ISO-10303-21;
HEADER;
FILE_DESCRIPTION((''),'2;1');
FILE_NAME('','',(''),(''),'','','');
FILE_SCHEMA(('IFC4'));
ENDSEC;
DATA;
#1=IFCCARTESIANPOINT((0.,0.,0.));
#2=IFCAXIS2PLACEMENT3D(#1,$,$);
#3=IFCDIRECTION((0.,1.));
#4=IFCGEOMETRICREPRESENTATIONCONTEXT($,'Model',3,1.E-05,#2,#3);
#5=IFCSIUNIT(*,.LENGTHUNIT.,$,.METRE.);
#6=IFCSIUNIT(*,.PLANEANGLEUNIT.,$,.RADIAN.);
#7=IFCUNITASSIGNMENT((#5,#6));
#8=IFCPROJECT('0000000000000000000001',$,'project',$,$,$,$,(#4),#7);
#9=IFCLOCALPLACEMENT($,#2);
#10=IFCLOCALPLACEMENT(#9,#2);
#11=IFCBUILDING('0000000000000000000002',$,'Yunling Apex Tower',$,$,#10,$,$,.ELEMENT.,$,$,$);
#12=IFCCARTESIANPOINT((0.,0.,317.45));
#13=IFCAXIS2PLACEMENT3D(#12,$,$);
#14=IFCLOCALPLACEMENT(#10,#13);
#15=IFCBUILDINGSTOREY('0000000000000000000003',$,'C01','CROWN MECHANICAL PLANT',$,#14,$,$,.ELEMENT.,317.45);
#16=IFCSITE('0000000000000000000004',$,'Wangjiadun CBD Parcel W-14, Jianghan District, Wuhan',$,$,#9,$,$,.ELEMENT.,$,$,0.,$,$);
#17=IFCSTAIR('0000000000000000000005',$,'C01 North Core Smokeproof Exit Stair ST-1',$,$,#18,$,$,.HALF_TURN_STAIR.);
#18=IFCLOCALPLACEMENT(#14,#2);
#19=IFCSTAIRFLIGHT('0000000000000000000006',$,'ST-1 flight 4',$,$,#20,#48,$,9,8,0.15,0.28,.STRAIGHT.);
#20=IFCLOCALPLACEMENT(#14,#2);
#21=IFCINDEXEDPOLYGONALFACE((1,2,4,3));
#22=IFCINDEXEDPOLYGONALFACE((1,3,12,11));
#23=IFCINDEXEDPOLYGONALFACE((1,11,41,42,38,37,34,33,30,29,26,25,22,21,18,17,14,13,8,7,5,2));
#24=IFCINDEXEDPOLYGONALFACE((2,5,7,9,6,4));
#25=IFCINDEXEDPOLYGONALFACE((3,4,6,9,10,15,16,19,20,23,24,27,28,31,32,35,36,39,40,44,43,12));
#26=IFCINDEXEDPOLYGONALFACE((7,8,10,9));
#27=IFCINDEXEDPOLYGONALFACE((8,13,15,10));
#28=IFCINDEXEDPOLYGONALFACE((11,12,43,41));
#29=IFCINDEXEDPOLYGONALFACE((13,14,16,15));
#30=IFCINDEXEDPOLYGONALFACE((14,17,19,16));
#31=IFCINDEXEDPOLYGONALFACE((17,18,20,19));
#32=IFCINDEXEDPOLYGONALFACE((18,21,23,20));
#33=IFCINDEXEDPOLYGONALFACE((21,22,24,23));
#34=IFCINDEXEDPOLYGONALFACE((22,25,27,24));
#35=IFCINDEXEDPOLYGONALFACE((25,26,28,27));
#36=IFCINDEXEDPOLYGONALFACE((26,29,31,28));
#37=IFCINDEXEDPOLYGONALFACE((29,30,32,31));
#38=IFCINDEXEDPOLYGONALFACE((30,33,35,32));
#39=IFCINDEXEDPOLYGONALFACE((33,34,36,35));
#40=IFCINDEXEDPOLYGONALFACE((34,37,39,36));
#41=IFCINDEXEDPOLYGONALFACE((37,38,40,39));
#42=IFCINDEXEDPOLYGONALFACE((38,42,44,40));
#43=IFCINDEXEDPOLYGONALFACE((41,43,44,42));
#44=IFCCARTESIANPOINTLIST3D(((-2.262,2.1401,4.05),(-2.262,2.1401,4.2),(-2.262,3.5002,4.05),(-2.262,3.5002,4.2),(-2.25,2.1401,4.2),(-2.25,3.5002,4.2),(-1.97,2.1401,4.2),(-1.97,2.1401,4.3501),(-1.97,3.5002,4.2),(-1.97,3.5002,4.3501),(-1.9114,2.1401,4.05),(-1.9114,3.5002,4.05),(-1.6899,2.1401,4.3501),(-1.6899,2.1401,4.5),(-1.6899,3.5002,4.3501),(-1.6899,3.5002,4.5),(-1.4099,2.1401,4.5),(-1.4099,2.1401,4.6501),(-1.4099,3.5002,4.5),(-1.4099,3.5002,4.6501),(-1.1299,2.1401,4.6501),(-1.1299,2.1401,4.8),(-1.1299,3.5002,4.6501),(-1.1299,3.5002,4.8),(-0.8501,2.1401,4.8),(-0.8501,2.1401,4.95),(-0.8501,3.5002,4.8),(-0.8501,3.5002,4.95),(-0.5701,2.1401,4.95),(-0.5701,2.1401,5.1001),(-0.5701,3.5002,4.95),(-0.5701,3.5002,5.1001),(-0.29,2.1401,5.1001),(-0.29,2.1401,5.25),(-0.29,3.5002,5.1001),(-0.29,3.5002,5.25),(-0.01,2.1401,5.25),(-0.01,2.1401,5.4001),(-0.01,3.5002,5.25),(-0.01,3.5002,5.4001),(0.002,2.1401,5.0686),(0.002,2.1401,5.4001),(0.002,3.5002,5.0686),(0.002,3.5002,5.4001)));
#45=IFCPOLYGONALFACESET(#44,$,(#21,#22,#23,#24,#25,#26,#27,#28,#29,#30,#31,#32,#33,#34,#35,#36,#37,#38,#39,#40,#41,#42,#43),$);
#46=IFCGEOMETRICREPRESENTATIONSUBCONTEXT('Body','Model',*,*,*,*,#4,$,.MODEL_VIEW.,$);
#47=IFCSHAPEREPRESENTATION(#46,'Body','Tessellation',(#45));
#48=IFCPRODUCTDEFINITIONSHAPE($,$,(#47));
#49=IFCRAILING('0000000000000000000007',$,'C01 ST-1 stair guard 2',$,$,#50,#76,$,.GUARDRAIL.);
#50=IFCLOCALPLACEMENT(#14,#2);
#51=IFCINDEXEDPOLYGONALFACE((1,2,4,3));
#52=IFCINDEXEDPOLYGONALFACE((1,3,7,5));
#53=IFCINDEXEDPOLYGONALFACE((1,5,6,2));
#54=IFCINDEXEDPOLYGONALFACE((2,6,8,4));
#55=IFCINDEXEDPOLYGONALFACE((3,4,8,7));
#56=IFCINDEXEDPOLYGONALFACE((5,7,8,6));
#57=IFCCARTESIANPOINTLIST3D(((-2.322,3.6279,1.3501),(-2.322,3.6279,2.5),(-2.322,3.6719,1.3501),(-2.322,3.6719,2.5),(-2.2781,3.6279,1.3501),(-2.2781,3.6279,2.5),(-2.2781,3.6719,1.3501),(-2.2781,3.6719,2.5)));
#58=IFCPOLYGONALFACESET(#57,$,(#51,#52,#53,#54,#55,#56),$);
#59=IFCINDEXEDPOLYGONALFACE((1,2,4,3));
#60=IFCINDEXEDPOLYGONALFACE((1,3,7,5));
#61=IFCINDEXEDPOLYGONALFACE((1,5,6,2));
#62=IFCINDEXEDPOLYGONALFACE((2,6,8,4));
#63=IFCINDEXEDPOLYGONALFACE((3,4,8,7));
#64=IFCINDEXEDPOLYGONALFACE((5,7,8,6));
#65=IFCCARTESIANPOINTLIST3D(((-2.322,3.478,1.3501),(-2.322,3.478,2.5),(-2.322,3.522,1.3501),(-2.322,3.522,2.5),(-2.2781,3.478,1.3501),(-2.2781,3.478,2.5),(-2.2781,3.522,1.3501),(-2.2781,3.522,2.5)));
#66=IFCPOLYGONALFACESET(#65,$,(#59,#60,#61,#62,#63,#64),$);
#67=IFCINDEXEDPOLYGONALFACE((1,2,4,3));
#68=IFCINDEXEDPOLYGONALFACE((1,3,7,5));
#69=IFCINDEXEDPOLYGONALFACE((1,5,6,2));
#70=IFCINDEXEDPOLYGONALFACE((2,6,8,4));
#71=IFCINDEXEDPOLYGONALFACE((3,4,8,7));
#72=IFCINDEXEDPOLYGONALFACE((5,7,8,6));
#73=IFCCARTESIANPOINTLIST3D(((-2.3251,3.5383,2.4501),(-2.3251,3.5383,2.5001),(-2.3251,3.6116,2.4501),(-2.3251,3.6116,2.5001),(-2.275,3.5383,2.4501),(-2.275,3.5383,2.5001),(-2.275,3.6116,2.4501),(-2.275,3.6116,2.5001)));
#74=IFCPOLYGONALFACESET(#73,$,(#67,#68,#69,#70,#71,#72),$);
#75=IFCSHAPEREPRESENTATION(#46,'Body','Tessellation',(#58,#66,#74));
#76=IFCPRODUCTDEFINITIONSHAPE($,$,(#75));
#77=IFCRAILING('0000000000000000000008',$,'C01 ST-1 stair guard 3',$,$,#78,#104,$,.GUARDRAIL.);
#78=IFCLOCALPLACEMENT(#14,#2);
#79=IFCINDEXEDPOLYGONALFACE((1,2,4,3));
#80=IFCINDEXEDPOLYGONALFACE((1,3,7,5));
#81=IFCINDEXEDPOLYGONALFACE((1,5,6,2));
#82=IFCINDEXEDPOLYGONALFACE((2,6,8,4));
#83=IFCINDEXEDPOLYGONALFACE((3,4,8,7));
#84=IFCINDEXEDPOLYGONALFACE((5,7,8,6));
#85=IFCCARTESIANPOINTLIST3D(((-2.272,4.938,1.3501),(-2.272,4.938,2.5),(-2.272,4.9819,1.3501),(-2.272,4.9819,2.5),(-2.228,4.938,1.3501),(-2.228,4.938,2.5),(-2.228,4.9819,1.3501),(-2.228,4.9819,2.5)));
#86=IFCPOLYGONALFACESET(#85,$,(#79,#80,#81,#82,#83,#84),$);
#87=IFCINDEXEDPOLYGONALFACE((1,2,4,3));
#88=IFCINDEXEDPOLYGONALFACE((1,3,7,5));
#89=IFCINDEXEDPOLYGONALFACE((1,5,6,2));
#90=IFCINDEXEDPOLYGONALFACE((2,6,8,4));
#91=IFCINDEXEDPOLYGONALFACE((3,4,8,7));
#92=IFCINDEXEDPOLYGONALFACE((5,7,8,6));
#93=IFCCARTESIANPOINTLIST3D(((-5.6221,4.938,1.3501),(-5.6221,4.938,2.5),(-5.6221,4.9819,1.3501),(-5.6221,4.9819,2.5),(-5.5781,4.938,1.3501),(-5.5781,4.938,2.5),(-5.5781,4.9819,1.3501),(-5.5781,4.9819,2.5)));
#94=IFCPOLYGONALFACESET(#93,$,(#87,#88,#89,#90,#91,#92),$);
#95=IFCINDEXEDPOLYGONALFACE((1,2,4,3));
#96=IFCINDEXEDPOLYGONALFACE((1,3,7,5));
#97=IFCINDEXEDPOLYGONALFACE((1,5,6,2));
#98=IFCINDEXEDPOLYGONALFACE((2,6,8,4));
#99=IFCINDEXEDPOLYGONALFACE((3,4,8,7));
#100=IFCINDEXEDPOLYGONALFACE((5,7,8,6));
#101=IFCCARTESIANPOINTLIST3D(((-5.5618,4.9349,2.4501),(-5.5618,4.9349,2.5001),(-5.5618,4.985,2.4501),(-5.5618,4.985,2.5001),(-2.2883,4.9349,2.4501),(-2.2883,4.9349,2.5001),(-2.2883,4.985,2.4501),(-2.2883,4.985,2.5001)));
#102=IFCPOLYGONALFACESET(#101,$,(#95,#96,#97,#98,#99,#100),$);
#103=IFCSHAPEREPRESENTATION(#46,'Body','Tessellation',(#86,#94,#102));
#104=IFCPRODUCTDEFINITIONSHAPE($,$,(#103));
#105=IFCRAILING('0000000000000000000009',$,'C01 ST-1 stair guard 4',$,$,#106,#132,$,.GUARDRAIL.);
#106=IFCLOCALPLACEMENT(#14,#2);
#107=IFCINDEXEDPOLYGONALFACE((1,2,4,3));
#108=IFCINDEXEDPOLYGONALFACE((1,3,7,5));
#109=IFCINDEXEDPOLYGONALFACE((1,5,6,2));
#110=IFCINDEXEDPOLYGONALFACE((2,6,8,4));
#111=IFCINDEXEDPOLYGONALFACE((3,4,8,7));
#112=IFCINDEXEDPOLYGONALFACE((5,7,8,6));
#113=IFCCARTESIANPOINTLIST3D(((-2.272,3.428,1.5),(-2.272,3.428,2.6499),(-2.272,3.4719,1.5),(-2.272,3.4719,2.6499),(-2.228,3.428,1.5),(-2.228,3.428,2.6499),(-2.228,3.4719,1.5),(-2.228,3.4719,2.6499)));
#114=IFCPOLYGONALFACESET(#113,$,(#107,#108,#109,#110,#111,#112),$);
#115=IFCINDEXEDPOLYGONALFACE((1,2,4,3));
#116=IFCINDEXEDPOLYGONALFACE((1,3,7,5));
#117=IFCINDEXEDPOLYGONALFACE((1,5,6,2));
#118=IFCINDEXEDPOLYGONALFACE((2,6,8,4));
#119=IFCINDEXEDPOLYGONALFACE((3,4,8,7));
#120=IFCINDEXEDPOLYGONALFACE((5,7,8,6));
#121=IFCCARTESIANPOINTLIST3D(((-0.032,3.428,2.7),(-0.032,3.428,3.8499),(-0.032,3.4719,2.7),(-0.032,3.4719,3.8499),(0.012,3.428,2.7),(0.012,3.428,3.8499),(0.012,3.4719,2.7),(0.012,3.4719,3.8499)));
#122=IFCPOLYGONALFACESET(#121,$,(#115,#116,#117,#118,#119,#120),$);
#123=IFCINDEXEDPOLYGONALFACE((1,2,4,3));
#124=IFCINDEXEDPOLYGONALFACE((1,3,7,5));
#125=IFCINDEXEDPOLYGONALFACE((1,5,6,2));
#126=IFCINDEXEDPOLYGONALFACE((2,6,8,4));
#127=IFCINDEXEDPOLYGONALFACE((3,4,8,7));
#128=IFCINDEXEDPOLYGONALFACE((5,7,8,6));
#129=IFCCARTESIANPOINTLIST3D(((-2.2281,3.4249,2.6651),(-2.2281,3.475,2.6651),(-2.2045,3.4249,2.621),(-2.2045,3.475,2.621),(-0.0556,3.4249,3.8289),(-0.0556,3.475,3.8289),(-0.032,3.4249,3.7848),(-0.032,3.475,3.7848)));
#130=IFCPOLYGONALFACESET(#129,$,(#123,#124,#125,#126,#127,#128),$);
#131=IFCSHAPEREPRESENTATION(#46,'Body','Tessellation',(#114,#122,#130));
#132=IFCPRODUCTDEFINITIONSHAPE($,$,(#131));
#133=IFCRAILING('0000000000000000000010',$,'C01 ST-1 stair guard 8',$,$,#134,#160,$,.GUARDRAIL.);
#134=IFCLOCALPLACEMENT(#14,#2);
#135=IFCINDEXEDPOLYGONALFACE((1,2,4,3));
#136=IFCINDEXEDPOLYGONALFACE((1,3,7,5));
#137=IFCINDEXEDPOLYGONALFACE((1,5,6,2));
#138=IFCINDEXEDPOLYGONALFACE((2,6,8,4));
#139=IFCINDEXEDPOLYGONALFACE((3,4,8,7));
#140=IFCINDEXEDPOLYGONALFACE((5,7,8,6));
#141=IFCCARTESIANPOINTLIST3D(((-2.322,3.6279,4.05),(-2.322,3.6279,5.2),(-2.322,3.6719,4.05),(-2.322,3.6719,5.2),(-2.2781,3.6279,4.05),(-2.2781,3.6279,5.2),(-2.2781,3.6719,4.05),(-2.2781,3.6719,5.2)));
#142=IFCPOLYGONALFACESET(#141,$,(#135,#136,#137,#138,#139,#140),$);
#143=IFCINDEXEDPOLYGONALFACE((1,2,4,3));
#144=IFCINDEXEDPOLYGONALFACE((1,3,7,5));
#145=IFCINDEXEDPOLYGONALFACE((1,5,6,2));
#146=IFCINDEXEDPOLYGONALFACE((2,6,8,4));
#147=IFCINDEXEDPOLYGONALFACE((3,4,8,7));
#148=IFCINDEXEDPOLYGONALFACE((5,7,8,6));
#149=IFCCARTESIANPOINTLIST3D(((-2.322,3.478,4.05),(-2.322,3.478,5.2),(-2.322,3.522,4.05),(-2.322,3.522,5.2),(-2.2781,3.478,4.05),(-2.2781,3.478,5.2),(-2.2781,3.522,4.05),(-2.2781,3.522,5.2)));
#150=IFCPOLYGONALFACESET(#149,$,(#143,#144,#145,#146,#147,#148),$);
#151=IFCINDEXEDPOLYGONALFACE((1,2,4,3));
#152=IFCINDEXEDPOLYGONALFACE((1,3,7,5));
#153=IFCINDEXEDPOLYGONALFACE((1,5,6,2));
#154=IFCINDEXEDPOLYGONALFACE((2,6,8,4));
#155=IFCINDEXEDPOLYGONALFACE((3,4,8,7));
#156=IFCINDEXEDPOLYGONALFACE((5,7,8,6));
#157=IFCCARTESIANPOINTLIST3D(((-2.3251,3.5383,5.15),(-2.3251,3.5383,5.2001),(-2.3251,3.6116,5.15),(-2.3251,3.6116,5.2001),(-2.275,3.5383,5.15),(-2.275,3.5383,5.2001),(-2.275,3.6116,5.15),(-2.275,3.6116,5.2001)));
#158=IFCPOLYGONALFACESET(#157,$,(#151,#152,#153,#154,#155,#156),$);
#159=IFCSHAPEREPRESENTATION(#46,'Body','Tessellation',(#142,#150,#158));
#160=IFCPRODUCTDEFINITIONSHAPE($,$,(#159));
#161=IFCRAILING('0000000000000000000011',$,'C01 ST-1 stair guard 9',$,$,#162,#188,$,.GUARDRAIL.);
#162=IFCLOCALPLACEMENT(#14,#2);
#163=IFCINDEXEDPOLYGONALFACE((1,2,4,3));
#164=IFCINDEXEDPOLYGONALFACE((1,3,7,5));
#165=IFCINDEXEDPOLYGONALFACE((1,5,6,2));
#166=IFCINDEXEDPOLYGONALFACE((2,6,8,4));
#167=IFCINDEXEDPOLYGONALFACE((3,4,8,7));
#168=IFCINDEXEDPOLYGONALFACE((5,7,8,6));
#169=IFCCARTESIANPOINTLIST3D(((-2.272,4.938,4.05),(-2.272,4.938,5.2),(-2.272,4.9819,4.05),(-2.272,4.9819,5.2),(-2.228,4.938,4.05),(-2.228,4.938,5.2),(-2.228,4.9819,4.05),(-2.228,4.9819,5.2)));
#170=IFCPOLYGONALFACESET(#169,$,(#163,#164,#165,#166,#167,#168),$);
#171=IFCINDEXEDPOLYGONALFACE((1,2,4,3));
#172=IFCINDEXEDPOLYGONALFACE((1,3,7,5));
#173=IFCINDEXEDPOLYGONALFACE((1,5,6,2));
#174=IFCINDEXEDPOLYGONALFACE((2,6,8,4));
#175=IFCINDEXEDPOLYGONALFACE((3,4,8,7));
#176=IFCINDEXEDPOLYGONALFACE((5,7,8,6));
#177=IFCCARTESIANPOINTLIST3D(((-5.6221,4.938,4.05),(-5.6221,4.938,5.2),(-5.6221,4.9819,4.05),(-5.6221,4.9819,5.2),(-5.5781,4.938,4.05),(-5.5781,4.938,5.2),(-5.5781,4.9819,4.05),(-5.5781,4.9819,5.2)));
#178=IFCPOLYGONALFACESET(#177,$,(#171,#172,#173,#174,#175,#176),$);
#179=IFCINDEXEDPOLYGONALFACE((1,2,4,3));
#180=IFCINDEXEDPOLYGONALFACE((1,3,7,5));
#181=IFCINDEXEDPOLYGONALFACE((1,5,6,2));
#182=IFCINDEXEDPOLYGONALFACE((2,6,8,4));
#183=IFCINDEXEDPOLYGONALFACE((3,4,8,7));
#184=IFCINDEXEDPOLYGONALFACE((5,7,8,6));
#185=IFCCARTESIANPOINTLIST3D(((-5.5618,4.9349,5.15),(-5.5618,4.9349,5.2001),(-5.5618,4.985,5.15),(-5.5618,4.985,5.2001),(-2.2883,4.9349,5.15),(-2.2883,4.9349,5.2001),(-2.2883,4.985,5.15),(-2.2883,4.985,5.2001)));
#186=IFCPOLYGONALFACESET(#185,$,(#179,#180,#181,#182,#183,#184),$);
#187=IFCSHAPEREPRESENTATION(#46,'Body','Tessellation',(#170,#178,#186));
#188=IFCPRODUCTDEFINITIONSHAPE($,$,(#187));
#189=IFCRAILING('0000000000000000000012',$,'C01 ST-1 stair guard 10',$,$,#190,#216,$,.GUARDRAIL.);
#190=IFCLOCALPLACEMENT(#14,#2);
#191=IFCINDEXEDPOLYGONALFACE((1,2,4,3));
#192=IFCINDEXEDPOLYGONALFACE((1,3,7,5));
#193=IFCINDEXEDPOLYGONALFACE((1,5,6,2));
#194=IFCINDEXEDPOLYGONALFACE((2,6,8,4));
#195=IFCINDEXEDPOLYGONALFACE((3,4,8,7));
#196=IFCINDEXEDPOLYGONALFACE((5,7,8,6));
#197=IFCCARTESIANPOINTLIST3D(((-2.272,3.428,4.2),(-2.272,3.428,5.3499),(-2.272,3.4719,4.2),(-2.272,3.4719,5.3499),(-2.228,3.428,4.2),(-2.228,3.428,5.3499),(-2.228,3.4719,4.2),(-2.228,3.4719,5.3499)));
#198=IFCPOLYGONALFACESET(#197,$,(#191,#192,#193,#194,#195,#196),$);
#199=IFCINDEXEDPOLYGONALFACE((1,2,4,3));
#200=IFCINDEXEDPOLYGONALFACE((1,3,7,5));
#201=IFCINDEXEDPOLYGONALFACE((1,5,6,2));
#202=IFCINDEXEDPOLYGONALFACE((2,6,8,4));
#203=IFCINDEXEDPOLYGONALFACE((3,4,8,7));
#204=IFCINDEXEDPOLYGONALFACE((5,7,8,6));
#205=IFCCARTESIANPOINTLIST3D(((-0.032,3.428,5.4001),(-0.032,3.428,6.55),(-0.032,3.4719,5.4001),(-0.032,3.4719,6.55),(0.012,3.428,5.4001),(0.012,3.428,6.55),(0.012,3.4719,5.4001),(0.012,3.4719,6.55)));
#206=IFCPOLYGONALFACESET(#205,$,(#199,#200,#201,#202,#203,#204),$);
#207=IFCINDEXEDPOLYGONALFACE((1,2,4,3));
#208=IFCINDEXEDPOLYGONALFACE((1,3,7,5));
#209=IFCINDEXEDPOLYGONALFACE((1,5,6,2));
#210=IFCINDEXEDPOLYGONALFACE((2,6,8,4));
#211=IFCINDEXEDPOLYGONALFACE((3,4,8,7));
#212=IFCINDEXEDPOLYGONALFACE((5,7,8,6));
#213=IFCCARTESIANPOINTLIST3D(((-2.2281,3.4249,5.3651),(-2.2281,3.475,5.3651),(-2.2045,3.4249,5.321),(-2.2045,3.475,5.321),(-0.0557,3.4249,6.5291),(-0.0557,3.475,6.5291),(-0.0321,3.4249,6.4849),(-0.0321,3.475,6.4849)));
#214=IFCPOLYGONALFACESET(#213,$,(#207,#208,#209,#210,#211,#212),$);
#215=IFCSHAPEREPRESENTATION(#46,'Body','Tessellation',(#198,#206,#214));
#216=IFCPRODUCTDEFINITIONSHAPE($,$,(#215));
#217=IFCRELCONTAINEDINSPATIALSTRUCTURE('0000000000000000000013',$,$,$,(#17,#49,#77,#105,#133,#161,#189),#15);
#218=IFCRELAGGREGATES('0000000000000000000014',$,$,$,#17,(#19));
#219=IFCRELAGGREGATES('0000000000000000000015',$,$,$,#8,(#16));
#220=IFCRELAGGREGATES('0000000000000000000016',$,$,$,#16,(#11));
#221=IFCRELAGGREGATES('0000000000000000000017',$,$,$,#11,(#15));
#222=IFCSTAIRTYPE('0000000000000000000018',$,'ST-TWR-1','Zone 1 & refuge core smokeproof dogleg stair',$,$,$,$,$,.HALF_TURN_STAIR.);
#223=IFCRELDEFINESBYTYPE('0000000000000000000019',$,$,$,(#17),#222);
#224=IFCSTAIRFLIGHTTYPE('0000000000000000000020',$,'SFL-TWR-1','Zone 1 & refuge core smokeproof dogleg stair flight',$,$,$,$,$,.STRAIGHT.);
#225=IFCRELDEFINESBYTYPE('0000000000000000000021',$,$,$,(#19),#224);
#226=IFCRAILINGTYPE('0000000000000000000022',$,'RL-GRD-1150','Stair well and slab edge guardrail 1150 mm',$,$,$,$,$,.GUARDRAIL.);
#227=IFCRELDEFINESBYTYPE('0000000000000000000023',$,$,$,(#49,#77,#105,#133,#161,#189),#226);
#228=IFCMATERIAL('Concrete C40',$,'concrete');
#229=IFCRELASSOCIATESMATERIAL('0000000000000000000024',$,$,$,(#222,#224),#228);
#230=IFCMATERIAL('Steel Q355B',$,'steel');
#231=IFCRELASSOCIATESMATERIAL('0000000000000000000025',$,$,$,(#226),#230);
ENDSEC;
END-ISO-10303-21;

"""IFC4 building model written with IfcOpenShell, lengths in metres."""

from ifc_helpers import new_model, si_unit, direction, frame, origin, origin_2d, place, context, subcontext, project, spatial, polyline, rectangle, outline, extrude, material, type_object, element, aggregate, save


model = new_model("IFC4")

# Units and contexts
model_context = context("Model", 3, precision=1e-05, world=origin(), true_north=direction((0.0, 1.0)))
body_context = subcontext(model_context, "Body", "Model", "MODEL_VIEW")
ifc_project = project(units=[si_unit("LENGTHUNIT", "METRE"), si_unit("PLANEANGLEUNIT", "RADIAN")], contexts=[model_context])

# Site, building, storey
site_placement = place(None, origin())
site = spatial("IfcSite", under=ifc_project, at=site_placement, Name="Wangjiadun CBD Parcel W-14, Jianghan District, Wuhan", CompositionType="ELEMENT", RefElevation=0.0)
building_placement = place(site_placement, origin())
building = spatial("IfcBuilding", under=site, at=building_placement, Name="Yunling Apex Tower", CompositionType="ELEMENT")
storey_placement = place(building_placement, frame((0.0, 0.0, 317.45)))
storey = spatial("IfcBuildingStorey", under=building, at=storey_placement, Name="C01", Description="CROWN MECHANICAL PLANT", CompositionType="ELEMENT", Elevation=317.45)

# Shared definitions
ifc_material_1 = material(Name="Steel Q355B", Category="steel")

# Shared definitions
ifc_material_2 = material(Name="Concrete C40", Category="concrete")

# Stair, stair flight
stair_type = type_object("IfcStairType", Name="ST-TWR-1", Description="Zone 1 & refuge core smokeproof dogleg stair", PredefinedType="HALF_TURN_STAIR", material=ifc_material_2)
stair_placement = place(storey_placement, origin())
stair = element("IfcStair", 1, at=stair_placement, inside=storey, type_object=stair_type, Name="C01 North Core Smokeproof Exit Stair ST-1", PredefinedType="HALF_TURN_STAIR")
stair_flight_type = type_object("IfcStairFlightType", Name="SFL-TWR-1", Description="Zone 1 & refuge core smokeproof dogleg stair flight", PredefinedType="STRAIGHT", material=ifc_material_2)
stair_flight_1_placement = place(storey_placement, frame((-2.25, 2.8201, 4.05), z_axis=(0.0, 0.0, 1.0), x_axis=(1.0, 0.0, 0.0)))
stair_flight_1 = element("IfcStairFlight", 2, at=stair_flight_1_placement, type_object=stair_flight_type, Name="ST-1 flight 4", NumberOfRisers=9, NumberOfTreads=8, PredefinedType="STRAIGHT", RiserHeight=0.15, TreadLength=0.28, context=body_context, shape_type="SweptSolid", body=[
    extrude(outline(polyline([(-0.012, 0.0), (-0.012, 0.1499), (0.0, 0.1499), (0.28, 0.1499), (0.28, 0.3), (0.5601, 0.3), (0.5601, 0.45), (0.8401, 0.45), (0.8401, 0.6001), (1.1201, 0.6001), (1.1201, 0.75), (1.3999, 0.75), (1.3999, 0.8999), (1.6799, 0.8999), (1.6799, 1.05), (1.96, 1.05), (1.96, 1.2), (2.24, 1.2), (2.24, 1.3501), (2.252, 1.3501), (2.252, 1.0186), (0.3386, 0.0), (-0.012, 0.0)])), frame((0.0, 0.6802, 0.0), z_axis=(0.0, -1.0, 0.0), x_axis=(1.0, 0.0, 0.0)), (0.0, 0.0, 1.0), 1.3601),
])
aggregate(stair, [stair_flight_1])

# Railings
railing_type_1 = type_object("IfcRailingType", Name="RL-GRD-1150", Description="Stair well and slab edge guardrail 1150 mm", PredefinedType="GUARDRAIL", material=ifc_material_1)
railing_1_placement = place(storey_placement, frame((-2.3, 3.6499, 1.3501)))
element("IfcRailing", 3, at=railing_1_placement, inside=storey, type_object=railing_type_1, Name="C01 ST-1 stair guard 2", PredefinedType="GUARDRAIL", context=body_context, shape_type="SweptSolid", body=[
    extrude(rectangle(XDim=0.0439, YDim=0.0439, at=origin_2d()), origin(), (0.0, 0.0, 1.0), 1.1499),
    extrude(rectangle(XDim=0.0439, YDim=0.0439, at=origin_2d()), frame((0.0, -0.1499, 0.0)), (0.0, 0.0, 1.0), 1.1499),
    extrude(rectangle(XDim=0.05, YDim=0.05, at=origin_2d()), frame((0.0, -0.0383, 1.125), z_axis=(0.0, -1.0, 0.0), x_axis=(1.0, 0.0, 0.0)), (0.0, 0.0, 1.0), 0.0732),
])
railing_2_placement = place(storey_placement, frame((-2.25, 4.96, 1.3501)))
element("IfcRailing", 4, at=railing_2_placement, inside=storey, type_object=railing_type_1, Name="C01 ST-1 stair guard 3", PredefinedType="GUARDRAIL", context=body_context, shape_type="SweptSolid", body=[
    extrude(rectangle(XDim=0.0439, YDim=0.0439, at=origin_2d()), origin(), (0.0, 0.0, 1.0), 1.1499),
    extrude(rectangle(XDim=0.0439, YDim=0.0439, at=origin_2d()), frame((-3.3501, 0.0, 0.0)), (0.0, 0.0, 1.0), 1.1499),
    extrude(rectangle(XDim=0.05, YDim=0.05, at=origin_2d()), frame((-0.0383, 0.0, 1.125), z_axis=(-1.0, 0.0, 0.0), x_axis=(0.0, -1.0, 0.0)), (0.0, 0.0, 1.0), 3.2734),
])
railing_3_placement = place(storey_placement, frame((-2.25, 3.45, 1.5)))
element("IfcRailing", 5, at=railing_3_placement, inside=storey, type_object=railing_type_1, Name="C01 ST-1 stair guard 4", PredefinedType="GUARDRAIL", context=body_context, shape_type="SweptSolid", body=[
    extrude(rectangle(XDim=0.0439, YDim=0.0439, at=origin_2d()), origin(), (0.0, 0.0, 1.0), 1.1499),
    extrude(rectangle(XDim=0.0439, YDim=0.0439, at=origin_2d()), frame((2.24, 0.0, 1.2)), (0.0, 0.0, 1.0), 1.1499),
    extrude(rectangle(XDim=0.05, YDim=0.05, at=origin_2d()), frame((0.0337, 0.0, 1.1431), z_axis=(0.881487, 0.0, 0.472208), x_axis=(0.0, 1.0, 0.0)), (0.0, 0.0, 1.0), 2.4646),
])
railing_4_placement = place(storey_placement, frame((-2.3, 3.6499, 4.05)))
element("IfcRailing", 6, at=railing_4_placement, inside=storey, type_object=railing_type_1, Name="C01 ST-1 stair guard 8", PredefinedType="GUARDRAIL", context=body_context, shape_type="SweptSolid", body=[
    extrude(rectangle(XDim=0.0439, YDim=0.0439, at=origin_2d()), origin(), (0.0, 0.0, 1.0), 1.1499),
    extrude(rectangle(XDim=0.0439, YDim=0.0439, at=origin_2d()), frame((0.0, -0.1499, 0.0)), (0.0, 0.0, 1.0), 1.1499),
    extrude(rectangle(XDim=0.05, YDim=0.05, at=origin_2d()), frame((0.0, -0.0383, 1.125), z_axis=(0.0, -1.0, 0.0), x_axis=(1.0, 0.0, 0.0)), (0.0, 0.0, 1.0), 0.0732),
])
railing_5_placement = place(storey_placement, frame((-2.25, 4.96, 4.05)))
element("IfcRailing", 7, at=railing_5_placement, inside=storey, type_object=railing_type_1, Name="C01 ST-1 stair guard 9", PredefinedType="GUARDRAIL", context=body_context, shape_type="SweptSolid", body=[
    extrude(rectangle(XDim=0.0439, YDim=0.0439, at=origin_2d()), origin(), (0.0, 0.0, 1.0), 1.1499),
    extrude(rectangle(XDim=0.0439, YDim=0.0439, at=origin_2d()), frame((-3.3501, 0.0, 0.0)), (0.0, 0.0, 1.0), 1.1499),
    extrude(rectangle(XDim=0.05, YDim=0.05, at=origin_2d()), frame((-0.0383, 0.0, 1.125), z_axis=(-1.0, 0.0, 0.0), x_axis=(0.0, -1.0, 0.0)), (0.0, 0.0, 1.0), 3.2734),
])
railing_6_placement = place(storey_placement, frame((-2.25, 3.45, 4.2)))
element("IfcRailing", 8, at=railing_6_placement, inside=storey, type_object=railing_type_1, Name="C01 ST-1 stair guard 10", PredefinedType="GUARDRAIL", context=body_context, shape_type="SweptSolid", body=[
    extrude(rectangle(XDim=0.0439, YDim=0.0439, at=origin_2d()), origin(), (0.0, 0.0, 1.0), 1.1499),
    extrude(rectangle(XDim=0.0439, YDim=0.0439, at=origin_2d()), frame((2.24, 0.0, 1.2002)), (0.0, 0.0, 1.0), 1.1499),
    extrude(rectangle(XDim=0.05, YDim=0.05, at=origin_2d()), frame((0.0337, 0.0, 1.1431), z_axis=(0.881447, 0.0, 0.472283), x_axis=(0.0, 1.0, 0.0)), (0.0, 0.0, 1.0), 2.4646),
])

save(model, "model.ifc")
